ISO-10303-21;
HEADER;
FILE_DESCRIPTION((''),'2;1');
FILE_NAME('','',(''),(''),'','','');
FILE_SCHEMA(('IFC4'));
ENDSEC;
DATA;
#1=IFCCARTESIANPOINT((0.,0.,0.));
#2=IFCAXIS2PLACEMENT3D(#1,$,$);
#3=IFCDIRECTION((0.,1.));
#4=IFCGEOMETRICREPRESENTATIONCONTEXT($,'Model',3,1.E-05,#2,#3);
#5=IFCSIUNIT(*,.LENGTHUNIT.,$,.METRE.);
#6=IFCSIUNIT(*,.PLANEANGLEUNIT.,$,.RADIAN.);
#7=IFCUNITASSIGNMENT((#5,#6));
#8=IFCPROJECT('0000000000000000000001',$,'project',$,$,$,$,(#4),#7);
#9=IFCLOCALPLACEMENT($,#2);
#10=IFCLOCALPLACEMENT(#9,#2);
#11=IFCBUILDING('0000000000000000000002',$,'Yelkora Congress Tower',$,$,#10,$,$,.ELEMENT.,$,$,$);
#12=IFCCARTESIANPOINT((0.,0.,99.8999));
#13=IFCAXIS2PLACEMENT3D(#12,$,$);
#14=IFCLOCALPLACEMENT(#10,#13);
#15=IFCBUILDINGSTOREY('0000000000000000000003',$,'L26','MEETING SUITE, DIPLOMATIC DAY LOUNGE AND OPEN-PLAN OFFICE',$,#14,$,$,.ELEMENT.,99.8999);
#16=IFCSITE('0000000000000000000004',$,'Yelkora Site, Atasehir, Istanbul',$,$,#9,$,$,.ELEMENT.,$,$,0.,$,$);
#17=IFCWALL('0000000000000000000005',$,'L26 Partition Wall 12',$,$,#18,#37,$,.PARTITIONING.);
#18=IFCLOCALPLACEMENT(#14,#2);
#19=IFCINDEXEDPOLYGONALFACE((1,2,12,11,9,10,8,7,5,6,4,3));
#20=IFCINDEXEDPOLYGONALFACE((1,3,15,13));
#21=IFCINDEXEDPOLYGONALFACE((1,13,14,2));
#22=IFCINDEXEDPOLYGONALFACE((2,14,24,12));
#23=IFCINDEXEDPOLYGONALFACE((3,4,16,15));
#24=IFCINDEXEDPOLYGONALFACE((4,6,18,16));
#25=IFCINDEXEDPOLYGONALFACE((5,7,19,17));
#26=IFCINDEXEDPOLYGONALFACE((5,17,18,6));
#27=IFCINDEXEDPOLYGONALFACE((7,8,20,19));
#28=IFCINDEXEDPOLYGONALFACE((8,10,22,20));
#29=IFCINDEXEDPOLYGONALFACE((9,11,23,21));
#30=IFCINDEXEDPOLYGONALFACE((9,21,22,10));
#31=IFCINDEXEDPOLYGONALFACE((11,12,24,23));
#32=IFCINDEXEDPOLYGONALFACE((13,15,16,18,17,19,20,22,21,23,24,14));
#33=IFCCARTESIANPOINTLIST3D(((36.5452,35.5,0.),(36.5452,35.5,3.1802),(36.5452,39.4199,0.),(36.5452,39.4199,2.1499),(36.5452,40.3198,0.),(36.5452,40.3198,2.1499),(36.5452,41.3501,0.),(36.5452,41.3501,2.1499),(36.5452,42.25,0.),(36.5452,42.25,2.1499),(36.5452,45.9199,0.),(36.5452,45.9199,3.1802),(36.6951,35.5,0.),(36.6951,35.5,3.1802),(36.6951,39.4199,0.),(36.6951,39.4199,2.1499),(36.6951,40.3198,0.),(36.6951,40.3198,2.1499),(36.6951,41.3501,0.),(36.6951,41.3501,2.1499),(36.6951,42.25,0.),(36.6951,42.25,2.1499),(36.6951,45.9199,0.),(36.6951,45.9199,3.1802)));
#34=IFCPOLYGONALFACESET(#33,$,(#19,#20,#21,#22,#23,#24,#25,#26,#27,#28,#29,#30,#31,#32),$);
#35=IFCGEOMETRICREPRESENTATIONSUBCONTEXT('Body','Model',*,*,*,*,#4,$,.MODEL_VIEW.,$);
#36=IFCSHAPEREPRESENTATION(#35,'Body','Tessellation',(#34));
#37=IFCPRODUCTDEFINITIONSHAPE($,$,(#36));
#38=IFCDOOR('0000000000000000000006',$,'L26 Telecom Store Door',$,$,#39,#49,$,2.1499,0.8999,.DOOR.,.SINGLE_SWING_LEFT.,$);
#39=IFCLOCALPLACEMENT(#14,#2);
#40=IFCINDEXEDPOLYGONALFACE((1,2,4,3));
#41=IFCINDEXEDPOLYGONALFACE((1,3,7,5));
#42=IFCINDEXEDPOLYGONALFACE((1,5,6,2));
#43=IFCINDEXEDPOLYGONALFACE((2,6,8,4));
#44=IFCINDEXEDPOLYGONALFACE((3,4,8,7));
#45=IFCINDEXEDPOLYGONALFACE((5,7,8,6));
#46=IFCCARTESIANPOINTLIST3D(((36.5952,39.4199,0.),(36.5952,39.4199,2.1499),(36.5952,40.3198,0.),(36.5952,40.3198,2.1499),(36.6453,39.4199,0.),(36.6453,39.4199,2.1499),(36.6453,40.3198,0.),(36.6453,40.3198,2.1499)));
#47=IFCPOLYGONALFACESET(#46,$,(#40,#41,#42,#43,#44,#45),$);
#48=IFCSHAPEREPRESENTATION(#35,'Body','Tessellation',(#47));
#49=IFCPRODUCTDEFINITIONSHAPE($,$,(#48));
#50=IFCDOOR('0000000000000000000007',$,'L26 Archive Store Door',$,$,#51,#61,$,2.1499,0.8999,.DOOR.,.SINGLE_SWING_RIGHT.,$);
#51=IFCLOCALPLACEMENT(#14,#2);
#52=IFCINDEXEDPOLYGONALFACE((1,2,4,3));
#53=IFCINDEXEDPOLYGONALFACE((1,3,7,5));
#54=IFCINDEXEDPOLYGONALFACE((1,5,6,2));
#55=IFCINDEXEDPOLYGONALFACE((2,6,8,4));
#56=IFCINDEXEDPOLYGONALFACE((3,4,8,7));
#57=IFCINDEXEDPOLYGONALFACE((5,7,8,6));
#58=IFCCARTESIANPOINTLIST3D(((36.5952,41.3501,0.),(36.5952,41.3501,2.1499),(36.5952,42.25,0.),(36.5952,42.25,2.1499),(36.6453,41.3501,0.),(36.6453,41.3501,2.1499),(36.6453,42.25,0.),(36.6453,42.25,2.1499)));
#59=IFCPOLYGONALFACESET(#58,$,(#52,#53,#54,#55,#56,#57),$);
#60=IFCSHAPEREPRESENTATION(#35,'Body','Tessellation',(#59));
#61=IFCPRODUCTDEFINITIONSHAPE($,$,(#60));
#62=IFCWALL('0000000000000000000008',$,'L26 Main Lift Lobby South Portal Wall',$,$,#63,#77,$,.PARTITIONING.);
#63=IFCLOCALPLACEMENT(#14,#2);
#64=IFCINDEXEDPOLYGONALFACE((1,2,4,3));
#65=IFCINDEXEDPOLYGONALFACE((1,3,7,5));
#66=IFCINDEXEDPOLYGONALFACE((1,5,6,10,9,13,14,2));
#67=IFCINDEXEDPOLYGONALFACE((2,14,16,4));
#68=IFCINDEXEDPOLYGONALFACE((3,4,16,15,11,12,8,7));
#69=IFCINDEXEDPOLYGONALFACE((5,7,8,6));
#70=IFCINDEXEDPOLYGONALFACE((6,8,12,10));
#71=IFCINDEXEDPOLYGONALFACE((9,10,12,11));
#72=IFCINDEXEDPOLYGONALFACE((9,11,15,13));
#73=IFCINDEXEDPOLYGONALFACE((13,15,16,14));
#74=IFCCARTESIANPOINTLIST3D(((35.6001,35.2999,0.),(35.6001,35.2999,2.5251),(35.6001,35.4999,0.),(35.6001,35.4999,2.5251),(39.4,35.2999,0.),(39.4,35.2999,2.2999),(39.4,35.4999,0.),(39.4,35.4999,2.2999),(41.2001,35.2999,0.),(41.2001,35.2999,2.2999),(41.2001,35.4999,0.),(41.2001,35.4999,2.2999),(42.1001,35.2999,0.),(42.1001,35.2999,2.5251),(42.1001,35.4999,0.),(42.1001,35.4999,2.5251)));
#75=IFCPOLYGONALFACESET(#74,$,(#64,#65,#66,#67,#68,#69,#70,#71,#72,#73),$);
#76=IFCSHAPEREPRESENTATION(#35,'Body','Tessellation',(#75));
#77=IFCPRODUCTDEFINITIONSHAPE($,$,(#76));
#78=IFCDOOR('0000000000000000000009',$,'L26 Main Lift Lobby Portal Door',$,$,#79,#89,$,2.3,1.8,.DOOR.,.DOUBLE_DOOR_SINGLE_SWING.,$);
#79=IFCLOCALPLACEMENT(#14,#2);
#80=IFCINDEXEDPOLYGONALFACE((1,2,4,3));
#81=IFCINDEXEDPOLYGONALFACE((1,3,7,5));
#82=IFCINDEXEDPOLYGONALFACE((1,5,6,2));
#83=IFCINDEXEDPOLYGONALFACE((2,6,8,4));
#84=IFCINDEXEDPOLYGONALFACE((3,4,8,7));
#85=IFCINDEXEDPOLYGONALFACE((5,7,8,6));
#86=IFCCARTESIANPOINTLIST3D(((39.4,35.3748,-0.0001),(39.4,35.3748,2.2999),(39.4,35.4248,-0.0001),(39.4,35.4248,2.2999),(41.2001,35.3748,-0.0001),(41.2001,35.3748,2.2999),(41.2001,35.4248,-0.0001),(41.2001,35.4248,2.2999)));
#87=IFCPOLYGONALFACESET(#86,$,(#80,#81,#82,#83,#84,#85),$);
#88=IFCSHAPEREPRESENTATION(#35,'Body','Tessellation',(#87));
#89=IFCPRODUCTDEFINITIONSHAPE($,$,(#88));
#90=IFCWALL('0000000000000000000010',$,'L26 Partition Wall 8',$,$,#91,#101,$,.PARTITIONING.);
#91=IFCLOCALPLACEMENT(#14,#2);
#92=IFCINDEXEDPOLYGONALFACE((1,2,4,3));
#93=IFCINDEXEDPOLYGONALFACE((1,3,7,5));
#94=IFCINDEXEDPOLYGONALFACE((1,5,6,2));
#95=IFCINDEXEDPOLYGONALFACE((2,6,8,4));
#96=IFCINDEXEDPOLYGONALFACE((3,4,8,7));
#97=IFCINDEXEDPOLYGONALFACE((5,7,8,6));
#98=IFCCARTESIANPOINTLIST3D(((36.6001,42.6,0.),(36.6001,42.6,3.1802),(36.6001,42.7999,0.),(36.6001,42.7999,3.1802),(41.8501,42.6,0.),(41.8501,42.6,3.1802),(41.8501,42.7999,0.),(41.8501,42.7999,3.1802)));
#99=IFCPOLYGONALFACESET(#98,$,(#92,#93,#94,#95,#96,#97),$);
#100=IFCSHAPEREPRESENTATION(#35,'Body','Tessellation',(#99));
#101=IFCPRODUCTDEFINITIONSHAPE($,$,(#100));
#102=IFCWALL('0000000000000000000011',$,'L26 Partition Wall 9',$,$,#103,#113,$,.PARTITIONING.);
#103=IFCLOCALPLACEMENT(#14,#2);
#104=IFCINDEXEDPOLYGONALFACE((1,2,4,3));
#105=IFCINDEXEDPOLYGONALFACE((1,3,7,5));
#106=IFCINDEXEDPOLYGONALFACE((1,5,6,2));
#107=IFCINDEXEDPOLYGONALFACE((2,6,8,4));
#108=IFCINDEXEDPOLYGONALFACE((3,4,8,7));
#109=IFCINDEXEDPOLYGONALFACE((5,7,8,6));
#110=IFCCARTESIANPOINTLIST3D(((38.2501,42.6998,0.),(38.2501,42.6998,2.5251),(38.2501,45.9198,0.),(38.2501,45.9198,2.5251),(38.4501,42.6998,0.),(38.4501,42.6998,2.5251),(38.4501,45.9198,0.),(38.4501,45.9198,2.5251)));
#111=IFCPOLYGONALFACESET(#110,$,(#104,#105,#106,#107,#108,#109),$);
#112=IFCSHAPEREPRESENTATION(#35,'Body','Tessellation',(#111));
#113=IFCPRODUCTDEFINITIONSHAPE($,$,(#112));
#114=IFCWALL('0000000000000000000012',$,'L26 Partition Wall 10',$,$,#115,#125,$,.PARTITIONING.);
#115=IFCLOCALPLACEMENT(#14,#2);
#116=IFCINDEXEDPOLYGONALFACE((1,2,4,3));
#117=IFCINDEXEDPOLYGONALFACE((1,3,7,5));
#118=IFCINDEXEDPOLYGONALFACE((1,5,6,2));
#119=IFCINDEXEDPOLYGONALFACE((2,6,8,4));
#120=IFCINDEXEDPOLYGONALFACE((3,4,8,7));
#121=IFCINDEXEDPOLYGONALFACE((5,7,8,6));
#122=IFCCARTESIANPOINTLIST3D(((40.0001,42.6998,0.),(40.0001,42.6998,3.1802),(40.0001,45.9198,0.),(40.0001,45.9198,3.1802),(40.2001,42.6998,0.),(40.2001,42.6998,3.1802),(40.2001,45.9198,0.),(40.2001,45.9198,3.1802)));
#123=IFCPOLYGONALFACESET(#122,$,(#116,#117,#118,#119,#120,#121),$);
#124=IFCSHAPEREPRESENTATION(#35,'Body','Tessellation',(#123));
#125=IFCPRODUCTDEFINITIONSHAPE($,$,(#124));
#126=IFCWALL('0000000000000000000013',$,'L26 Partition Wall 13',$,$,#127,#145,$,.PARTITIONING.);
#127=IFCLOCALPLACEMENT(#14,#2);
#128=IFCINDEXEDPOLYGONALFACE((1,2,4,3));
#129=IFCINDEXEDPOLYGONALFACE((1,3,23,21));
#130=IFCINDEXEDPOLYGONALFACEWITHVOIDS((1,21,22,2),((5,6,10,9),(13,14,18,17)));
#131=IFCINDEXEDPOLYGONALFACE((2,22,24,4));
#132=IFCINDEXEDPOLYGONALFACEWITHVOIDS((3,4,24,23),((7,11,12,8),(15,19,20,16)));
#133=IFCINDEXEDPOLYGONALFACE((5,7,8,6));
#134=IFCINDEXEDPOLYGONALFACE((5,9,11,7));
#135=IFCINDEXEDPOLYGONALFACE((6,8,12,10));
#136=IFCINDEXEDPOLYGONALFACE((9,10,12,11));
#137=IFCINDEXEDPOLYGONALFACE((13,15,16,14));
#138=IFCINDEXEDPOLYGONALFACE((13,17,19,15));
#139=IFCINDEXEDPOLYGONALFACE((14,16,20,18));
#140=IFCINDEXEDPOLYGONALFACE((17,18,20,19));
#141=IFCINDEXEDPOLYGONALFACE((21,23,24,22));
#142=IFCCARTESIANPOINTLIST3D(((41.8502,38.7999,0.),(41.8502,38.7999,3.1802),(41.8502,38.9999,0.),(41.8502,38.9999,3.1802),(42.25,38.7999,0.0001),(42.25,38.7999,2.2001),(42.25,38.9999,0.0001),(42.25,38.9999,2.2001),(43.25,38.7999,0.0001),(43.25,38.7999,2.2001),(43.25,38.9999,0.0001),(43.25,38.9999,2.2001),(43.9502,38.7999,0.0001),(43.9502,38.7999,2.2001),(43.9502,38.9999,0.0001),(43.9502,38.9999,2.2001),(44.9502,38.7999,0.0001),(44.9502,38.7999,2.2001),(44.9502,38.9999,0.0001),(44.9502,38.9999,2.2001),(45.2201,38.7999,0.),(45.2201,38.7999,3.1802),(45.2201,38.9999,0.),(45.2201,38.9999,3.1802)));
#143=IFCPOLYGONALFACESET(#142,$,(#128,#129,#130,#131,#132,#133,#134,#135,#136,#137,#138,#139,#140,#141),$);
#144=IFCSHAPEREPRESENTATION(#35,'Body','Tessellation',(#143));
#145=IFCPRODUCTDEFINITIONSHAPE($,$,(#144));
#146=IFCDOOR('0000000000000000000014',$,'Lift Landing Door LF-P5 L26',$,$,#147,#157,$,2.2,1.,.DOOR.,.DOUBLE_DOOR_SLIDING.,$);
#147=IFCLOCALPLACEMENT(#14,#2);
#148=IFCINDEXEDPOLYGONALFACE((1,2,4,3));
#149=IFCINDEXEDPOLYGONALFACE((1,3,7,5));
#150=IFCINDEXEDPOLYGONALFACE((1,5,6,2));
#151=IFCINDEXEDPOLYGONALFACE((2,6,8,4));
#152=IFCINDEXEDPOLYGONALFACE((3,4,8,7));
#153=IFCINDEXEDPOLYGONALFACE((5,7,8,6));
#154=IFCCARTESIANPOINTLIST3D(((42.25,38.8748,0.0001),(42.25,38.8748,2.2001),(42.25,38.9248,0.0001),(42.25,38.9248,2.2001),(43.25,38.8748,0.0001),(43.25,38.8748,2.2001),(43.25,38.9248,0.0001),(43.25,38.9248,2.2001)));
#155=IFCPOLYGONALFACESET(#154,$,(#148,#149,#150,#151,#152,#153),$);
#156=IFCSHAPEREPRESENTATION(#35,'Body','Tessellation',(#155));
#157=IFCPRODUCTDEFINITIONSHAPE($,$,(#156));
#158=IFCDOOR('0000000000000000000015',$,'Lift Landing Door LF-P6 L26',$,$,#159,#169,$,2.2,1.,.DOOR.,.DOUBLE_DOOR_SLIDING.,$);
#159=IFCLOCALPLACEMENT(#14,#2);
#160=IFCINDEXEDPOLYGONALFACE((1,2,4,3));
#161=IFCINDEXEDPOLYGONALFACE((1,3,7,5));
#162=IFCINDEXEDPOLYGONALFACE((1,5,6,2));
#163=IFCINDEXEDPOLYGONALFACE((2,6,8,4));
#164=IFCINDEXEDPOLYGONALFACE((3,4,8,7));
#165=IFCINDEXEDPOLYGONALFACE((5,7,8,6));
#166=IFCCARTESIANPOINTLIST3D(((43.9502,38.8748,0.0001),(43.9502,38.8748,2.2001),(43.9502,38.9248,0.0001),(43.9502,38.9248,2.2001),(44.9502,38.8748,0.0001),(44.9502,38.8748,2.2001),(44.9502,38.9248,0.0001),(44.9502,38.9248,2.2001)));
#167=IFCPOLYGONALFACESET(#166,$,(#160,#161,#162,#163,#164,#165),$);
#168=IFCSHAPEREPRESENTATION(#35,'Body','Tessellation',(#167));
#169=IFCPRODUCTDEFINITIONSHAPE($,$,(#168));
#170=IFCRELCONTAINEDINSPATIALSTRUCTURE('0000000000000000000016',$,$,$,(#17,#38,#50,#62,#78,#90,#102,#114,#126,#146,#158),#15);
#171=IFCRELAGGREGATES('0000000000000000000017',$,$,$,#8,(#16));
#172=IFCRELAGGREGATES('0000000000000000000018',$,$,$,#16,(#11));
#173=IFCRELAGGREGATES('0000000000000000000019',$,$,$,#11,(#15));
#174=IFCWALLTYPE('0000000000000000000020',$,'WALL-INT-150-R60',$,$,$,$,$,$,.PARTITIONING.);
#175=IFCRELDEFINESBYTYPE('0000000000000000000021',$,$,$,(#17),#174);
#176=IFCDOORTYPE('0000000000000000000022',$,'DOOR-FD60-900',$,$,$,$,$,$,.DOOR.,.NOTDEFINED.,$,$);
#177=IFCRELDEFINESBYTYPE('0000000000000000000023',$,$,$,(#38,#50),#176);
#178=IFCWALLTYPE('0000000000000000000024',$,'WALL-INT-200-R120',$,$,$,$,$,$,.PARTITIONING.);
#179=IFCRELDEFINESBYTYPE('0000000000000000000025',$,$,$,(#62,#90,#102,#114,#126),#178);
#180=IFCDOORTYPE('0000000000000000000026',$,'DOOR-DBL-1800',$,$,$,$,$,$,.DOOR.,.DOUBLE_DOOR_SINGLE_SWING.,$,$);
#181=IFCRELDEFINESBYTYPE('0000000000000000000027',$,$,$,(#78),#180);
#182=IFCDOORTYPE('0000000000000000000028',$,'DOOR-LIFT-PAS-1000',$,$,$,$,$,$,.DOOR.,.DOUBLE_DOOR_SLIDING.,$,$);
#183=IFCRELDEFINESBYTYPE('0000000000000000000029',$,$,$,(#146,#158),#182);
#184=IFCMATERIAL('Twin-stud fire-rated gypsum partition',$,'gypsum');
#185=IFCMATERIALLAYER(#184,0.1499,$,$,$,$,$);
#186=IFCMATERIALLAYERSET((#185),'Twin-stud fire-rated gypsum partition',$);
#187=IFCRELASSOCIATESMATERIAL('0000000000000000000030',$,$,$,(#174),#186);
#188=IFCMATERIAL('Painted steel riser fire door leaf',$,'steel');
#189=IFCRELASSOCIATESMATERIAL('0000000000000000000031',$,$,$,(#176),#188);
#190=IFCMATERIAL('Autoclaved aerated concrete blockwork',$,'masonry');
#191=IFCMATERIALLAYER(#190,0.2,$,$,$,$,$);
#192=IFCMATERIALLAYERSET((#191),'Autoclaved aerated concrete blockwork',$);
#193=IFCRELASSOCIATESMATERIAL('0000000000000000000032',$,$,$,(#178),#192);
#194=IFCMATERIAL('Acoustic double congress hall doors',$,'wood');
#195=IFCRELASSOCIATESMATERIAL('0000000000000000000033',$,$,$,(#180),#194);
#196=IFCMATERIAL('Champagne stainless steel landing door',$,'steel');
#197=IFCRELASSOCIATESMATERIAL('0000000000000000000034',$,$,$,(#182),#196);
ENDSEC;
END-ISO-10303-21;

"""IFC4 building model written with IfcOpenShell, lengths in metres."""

from ifc_helpers import new_model, si_unit, direction, frame, frame_2d, origin, place, context, subcontext, project, spatial, rectangle, extrude, material, layer, layer_set, type_object, element, fill, save


model = new_model("IFC4")

# Units and contexts
model_context = context("Model", 3, precision=1e-05, world=origin(), true_north=direction((0.0, 1.0)))
body_context = subcontext(model_context, "Body", "Model", "MODEL_VIEW")
ifc_project = project(units=[si_unit("LENGTHUNIT", "METRE"), si_unit("PLANEANGLEUNIT", "RADIAN")], contexts=[model_context])

# Site, building, storey
site_placement = place(None, origin())
site = spatial("IfcSite", under=ifc_project, at=site_placement, Name="Yelkora Site, Atasehir, Istanbul", CompositionType="ELEMENT", RefElevation=0.0)
building_placement = place(site_placement, origin())
building = spatial("IfcBuilding", under=site, at=building_placement, Name="Yelkora Congress Tower", CompositionType="ELEMENT")
storey_placement = place(building_placement, frame((0.0, 0.0, 99.8999)))
storey = spatial("IfcBuildingStorey", under=building, at=storey_placement, Name="L26", Description="MEETING SUITE, DIPLOMATIC DAY LOUNGE AND OPEN-PLAN OFFICE", CompositionType="ELEMENT", Elevation=99.8999)

# Shared definitions
ifc_material_1 = material(Name="Twin-stud fire-rated gypsum partition", Category="gypsum")
ifc_layer_1 = layer(ifc_material_1, 0.1499)
ifc_layer_set_1 = layer_set([ifc_layer_1], Name="Twin-stud fire-rated gypsum partition")
wall_type_1 = type_object("IfcWallType", Name="WALL-INT-150-R60", PredefinedType="PARTITIONING", material=ifc_layer_set_1)

# Wall, openings, doors
wall_1_placement = place(storey_placement, frame((36.6201, 35.5, 0.0), z_axis=(0.0, 0.0, 1.0), x_axis=(0.0, 1.0, 0.0)))
wall_1 = element("IfcWall", 1, at=wall_1_placement, inside=storey, type_object=wall_type_1, Name="L26 Partition Wall 12", PredefinedType="PARTITIONING", context=body_context, shape_type="SweptSolid", body=[
    extrude(rectangle(XDim=10.4199, YDim=0.1499, at=frame_2d((5.21, 0.0))), origin(), (0.0, 0.0, 1.0), 3.1802),
])
opening_1_placement = place(wall_1_placement, frame((3.9199, 0.0, 0.0)))
opening_1 = element("IfcOpeningElement", 2, at=opening_1_placement, cuts=wall_1, PredefinedType="OPENING", context=body_context, shape_type="SweptSolid", body=[
    extrude(rectangle(XDim=0.8999, YDim=2.1499, at=frame_2d((0.45, 1.075))), frame((0.0, 0.085, 0.0), z_axis=(0.0, -1.0, 0.0), x_axis=(1.0, 0.0, 0.0)), (0.0, 0.0, 1.0), 0.1699),
])
opening_2_placement = place(wall_1_placement, frame((5.8501, 0.0, 0.0)))
opening_2 = element("IfcOpeningElement", 3, at=opening_2_placement, cuts=wall_1, PredefinedType="OPENING", context=body_context, shape_type="SweptSolid", body=[
    extrude(rectangle(XDim=0.8999, YDim=2.1499, at=frame_2d((0.45, 1.075))), frame((0.0, 0.085, 0.0), z_axis=(0.0, -1.0, 0.0), x_axis=(1.0, 0.0, 0.0)), (0.0, 0.0, 1.0), 0.1699),
])
ifc_material_2 = material(Name="Painted steel riser fire door leaf", Category="steel")
door_type_1 = type_object("IfcDoorType", Name="DOOR-FD60-900", OperationType="NOTDEFINED", PredefinedType="DOOR", material=ifc_material_2)
door_1_placement = place(opening_1_placement, origin())
door_1 = element("IfcDoor", 4, at=door_1_placement, inside=storey, type_object=door_type_1, Name="L26 Telecom Store Door", OperationType="SINGLE_SWING_LEFT", OverallHeight=2.1499, OverallWidth=0.8999, PredefinedType="DOOR", context=body_context, shape_type="SweptSolid", body=[
    extrude(rectangle(XDim=0.8999, YDim=2.1499, at=frame_2d((0.45, 1.075))), frame((0.0, 0.0249, 0.0), z_axis=(0.0, -1.0, 0.0), x_axis=(1.0, 0.0, 0.0)), (0.0, 0.0, 1.0), 0.05),
])
fill(opening_1, door_1)
door_2_placement = place(opening_2_placement, origin())
door_2 = element("IfcDoor", 5, at=door_2_placement, inside=storey, type_object=door_type_1, Name="L26 Archive Store Door", OperationType="SINGLE_SWING_RIGHT", OverallHeight=2.1499, OverallWidth=0.8999, PredefinedType="DOOR", context=body_context, shape_type="SweptSolid", body=[
    extrude(rectangle(XDim=0.8999, YDim=2.1499, at=frame_2d((0.45, 1.075))), frame((0.0, 0.0249, 0.0), z_axis=(0.0, -1.0, 0.0), x_axis=(1.0, 0.0, 0.0)), (0.0, 0.0, 1.0), 0.05),
])
fill(opening_2, door_2)

# Wall, opening, door
ifc_material_3 = material(Name="Autoclaved aerated concrete blockwork", Category="masonry")
ifc_layer_2 = layer(ifc_material_3, 0.2)
ifc_layer_set_2 = layer_set([ifc_layer_2], Name="Autoclaved aerated concrete blockwork")
wall_type_2 = type_object("IfcWallType", Name="WALL-INT-200-R120", PredefinedType="PARTITIONING", material=ifc_layer_set_2)
wall_2_placement = place(storey_placement, frame((35.6001, 35.3999, 0.0), z_axis=(0.0, 0.0, 1.0), x_axis=(1.0, 0.0, 0.0)))
wall_2 = element("IfcWall", 6, at=wall_2_placement, inside=storey, type_object=wall_type_2, Name="L26 Main Lift Lobby South Portal Wall", PredefinedType="PARTITIONING", context=body_context, shape_type="SweptSolid", body=[
    extrude(rectangle(XDim=6.5, YDim=0.2, at=frame_2d((3.25, 0.0))), origin(), (0.0, 0.0, 1.0), 2.5251),
])
opening_3_placement = place(wall_2_placement, frame((3.8, 0.0, 0.0)))
opening_3 = element("IfcOpeningElement", 7, at=opening_3_placement, cuts=wall_2, PredefinedType="OPENING", context=body_context, shape_type="SweptSolid", body=[
    extrude(rectangle(XDim=1.8, YDim=2.3, at=frame_2d((0.8999, 1.1499))), frame((0.0, 0.1099, 0.0), z_axis=(0.0, -1.0, 0.0), x_axis=(1.0, 0.0, 0.0)), (0.0, 0.0, 1.0), 0.22),
])
ifc_material_4 = material(Name="Acoustic double congress hall doors", Category="wood")
door_type_2 = type_object("IfcDoorType", Name="DOOR-DBL-1800", OperationType="DOUBLE_DOOR_SINGLE_SWING", PredefinedType="DOOR", material=ifc_material_4)
door_3_placement = place(opening_3_placement, origin())
door_3 = element("IfcDoor", 8, at=door_3_placement, inside=storey, type_object=door_type_2, Name="L26 Main Lift Lobby Portal Door", OperationType="DOUBLE_DOOR_SINGLE_SWING", OverallHeight=2.3, OverallWidth=1.8, PredefinedType="DOOR", context=body_context, shape_type="SweptSolid", body=[
    extrude(rectangle(XDim=1.8, YDim=2.3, at=frame_2d((0.8999, 1.1499))), frame((0.0, 0.0249, 0.0), z_axis=(0.0, -1.0, 0.0), x_axis=(1.0, 0.0, 0.0)), (0.0, 0.0, 1.0), 0.05),
])
fill(opening_3, door_3)

# Walls
wall_3_placement = place(storey_placement, frame((36.6001, 42.7, 0.0), z_axis=(0.0, 0.0, 1.0), x_axis=(1.0, 0.0, 0.0)))
element("IfcWall", 9, at=wall_3_placement, inside=storey, type_object=wall_type_2, Name="L26 Partition Wall 8", PredefinedType="PARTITIONING", context=body_context, shape_type="SweptSolid", body=[
    extrude(rectangle(XDim=5.25, YDim=0.2, at=frame_2d((2.625, 0.0))), origin(), (0.0, 0.0, 1.0), 3.1802),
])
wall_4_placement = place(storey_placement, frame((38.3501, 42.7, 0.0), z_axis=(0.0, 0.0, 1.0), x_axis=(0.0, 1.0, 0.0)))
element("IfcWall", 10, at=wall_4_placement, inside=storey, type_object=wall_type_2, Name="L26 Partition Wall 9", PredefinedType="PARTITIONING", context=body_context, shape_type="SweptSolid", body=[
    extrude(rectangle(XDim=3.22, YDim=0.2, at=frame_2d((1.6099, 0.0))), origin(), (0.0, 0.0, 1.0), 2.5251),
])
wall_5_placement = place(storey_placement, frame((40.1001, 42.7, 0.0), z_axis=(0.0, 0.0, 1.0), x_axis=(0.0, 1.0, 0.0)))
element("IfcWall", 11, at=wall_5_placement, inside=storey, type_object=wall_type_2, Name="L26 Partition Wall 10", PredefinedType="PARTITIONING", context=body_context, shape_type="SweptSolid", body=[
    extrude(rectangle(XDim=3.22, YDim=0.2, at=frame_2d((1.6099, 0.0))), origin(), (0.0, 0.0, 1.0), 3.1802),
])

# Wall, openings, doors
wall_6_placement = place(storey_placement, frame((41.8501, 38.8999, 0.0), z_axis=(0.0, 0.0, 1.0), x_axis=(1.0, 0.0, 0.0)))
wall_6 = element("IfcWall", 12, at=wall_6_placement, inside=storey, type_object=wall_type_2, Name="L26 Partition Wall 13", PredefinedType="PARTITIONING", context=body_context, shape_type="SweptSolid", body=[
    extrude(rectangle(XDim=3.3699, YDim=0.2, at=frame_2d((1.6851, 0.0))), origin(), (0.0, 0.0, 1.0), 3.1802),
])
opening_4_placement = place(wall_6_placement, frame((0.3999, 0.0, 0.0)))
opening_4 = element("IfcOpeningElement", 13, at=opening_4_placement, cuts=wall_6, PredefinedType="OPENING", context=body_context, shape_type="SweptSolid", body=[
    extrude(rectangle(XDim=1.0, YDim=2.2, at=frame_2d((0.5, 1.1001))), frame((0.0, 0.1099, 0.0), z_axis=(0.0, -1.0, 0.0), x_axis=(1.0, 0.0, 0.0)), (0.0, 0.0, 1.0), 0.22),
])
opening_5_placement = place(wall_6_placement, frame((2.1001, 0.0, 0.0)))
opening_5 = element("IfcOpeningElement", 14, at=opening_5_placement, cuts=wall_6, PredefinedType="OPENING", context=body_context, shape_type="SweptSolid", body=[
    extrude(rectangle(XDim=1.0, YDim=2.2, at=frame_2d((0.5, 1.1001))), frame((0.0, 0.1099, 0.0), z_axis=(0.0, -1.0, 0.0), x_axis=(1.0, 0.0, 0.0)), (0.0, 0.0, 1.0), 0.22),
])
ifc_material_5 = material(Name="Champagne stainless steel landing door", Category="steel")
door_type_3 = type_object("IfcDoorType", Name="DOOR-LIFT-PAS-1000", OperationType="DOUBLE_DOOR_SLIDING", PredefinedType="DOOR", material=ifc_material_5)
door_4_placement = place(opening_4_placement, origin())
door_4 = element("IfcDoor", 15, at=door_4_placement, inside=storey, type_object=door_type_3, Name="Lift Landing Door LF-P5 L26", OperationType="DOUBLE_DOOR_SLIDING", OverallHeight=2.2, OverallWidth=1.0, PredefinedType="DOOR", context=body_context, shape_type="SweptSolid", body=[
    extrude(rectangle(XDim=1.0, YDim=2.2, at=frame_2d((0.5, 1.1001))), frame((0.0, 0.0249, 0.0), z_axis=(0.0, -1.0, 0.0), x_axis=(1.0, 0.0, 0.0)), (0.0, 0.0, 1.0), 0.05),
])
fill(opening_4, door_4)
door_5_placement = place(opening_5_placement, origin())
door_5 = element("IfcDoor", 16, at=door_5_placement, inside=storey, type_object=door_type_3, Name="Lift Landing Door LF-P6 L26", OperationType="DOUBLE_DOOR_SLIDING", OverallHeight=2.2, OverallWidth=1.0, PredefinedType="DOOR", context=body_context, shape_type="SweptSolid", body=[
    extrude(rectangle(XDim=1.0, YDim=2.2, at=frame_2d((0.5, 1.1001))), frame((0.0, 0.0249, 0.0), z_axis=(0.0, -1.0, 0.0), x_axis=(1.0, 0.0, 0.0)), (0.0, 0.0, 1.0), 0.05),
])
fill(opening_5, door_5)

save(model, "model.ifc")
